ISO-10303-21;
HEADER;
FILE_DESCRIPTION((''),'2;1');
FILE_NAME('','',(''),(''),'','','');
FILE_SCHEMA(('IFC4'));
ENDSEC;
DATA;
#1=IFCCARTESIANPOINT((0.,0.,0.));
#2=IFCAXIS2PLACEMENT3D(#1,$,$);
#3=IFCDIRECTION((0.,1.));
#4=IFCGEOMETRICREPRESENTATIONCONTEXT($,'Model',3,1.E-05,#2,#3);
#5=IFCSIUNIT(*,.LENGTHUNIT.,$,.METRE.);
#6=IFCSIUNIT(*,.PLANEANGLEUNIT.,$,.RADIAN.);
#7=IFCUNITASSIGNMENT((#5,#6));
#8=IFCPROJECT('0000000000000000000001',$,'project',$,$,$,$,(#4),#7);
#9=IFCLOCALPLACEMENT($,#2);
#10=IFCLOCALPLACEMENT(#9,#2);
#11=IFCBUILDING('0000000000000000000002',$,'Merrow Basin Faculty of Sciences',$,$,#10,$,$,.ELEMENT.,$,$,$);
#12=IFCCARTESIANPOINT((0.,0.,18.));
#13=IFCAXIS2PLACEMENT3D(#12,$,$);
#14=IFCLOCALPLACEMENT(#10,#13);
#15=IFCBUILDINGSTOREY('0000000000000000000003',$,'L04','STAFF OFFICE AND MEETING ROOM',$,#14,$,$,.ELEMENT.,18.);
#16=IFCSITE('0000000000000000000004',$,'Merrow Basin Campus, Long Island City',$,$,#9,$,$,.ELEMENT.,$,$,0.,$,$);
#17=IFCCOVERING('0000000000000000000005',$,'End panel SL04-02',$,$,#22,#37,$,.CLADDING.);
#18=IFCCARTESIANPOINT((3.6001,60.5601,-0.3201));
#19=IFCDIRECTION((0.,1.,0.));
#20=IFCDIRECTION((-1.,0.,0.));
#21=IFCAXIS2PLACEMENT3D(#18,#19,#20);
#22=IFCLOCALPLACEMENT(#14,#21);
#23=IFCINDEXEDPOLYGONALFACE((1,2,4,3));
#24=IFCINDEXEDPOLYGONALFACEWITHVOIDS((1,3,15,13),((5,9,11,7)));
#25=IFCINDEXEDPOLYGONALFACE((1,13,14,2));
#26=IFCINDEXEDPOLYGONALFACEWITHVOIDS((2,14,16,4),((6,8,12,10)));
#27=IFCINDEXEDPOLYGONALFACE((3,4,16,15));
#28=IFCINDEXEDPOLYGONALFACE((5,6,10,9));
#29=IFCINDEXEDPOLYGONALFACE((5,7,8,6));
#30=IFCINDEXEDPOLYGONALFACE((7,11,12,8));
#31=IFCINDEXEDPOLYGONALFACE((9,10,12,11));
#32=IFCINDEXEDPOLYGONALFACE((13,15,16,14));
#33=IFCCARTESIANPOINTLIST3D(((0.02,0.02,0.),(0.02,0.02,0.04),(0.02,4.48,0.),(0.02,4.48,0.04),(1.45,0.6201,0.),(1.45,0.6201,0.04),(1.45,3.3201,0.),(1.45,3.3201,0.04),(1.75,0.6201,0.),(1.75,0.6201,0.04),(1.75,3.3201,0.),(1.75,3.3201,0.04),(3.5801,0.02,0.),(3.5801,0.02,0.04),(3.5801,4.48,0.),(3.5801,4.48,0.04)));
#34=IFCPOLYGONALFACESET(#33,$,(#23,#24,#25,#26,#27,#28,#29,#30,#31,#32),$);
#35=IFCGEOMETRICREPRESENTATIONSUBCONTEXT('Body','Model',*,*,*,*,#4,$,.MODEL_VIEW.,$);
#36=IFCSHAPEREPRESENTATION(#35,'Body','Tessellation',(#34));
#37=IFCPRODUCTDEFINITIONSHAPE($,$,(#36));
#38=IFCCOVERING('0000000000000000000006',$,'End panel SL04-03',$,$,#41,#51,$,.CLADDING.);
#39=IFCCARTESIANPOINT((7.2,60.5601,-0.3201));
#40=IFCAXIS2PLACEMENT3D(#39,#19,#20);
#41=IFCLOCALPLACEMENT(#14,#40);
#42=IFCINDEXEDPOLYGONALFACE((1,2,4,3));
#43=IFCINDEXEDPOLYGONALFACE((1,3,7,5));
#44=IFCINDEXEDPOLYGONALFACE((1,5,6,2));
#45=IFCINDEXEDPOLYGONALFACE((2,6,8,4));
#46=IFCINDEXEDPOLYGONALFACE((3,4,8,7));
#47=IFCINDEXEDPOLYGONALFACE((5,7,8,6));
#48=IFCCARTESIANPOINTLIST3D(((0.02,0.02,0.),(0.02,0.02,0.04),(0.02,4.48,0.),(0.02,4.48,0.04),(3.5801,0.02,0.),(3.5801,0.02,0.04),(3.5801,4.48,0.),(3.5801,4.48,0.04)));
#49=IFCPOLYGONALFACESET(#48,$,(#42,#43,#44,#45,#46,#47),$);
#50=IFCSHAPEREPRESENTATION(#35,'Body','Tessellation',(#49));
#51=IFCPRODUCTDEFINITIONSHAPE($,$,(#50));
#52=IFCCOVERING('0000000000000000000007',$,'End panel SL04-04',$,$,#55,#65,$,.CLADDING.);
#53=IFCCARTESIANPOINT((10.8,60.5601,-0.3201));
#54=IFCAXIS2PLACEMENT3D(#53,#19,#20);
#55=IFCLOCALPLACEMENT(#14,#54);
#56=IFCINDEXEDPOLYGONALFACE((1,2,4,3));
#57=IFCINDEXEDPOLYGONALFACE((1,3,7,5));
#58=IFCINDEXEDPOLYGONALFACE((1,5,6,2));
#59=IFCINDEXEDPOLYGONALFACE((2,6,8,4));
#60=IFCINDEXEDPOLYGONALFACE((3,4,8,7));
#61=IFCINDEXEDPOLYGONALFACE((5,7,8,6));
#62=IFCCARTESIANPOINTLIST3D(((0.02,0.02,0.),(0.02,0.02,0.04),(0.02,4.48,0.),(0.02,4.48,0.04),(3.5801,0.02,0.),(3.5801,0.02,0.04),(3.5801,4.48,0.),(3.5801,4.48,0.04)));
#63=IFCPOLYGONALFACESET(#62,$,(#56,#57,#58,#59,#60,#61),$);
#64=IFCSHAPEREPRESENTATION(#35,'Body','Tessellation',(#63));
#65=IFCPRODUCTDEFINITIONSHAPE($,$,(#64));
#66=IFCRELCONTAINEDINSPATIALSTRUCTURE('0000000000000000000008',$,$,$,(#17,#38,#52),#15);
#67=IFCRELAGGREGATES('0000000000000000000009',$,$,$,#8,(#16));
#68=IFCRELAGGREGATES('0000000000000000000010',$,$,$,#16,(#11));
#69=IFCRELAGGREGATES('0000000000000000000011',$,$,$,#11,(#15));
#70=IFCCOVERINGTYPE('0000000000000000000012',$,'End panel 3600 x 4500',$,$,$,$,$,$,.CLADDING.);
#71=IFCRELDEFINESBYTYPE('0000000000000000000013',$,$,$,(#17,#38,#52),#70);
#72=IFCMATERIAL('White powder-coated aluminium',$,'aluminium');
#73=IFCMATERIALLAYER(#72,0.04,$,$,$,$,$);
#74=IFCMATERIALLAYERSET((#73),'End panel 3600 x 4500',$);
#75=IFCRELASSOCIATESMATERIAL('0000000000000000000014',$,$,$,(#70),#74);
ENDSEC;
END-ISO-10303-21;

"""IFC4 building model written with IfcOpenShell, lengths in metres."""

from ifc_helpers import new_model, si_unit, direction, frame, origin, place, context, subcontext, project, spatial, polyline, outline, extrude, source, transform, mapped, material, layer, layer_set, type_object, element, save


model = new_model("IFC4")

# Units and contexts
model_context = context("Model", 3, precision=1e-05, world=origin(), true_north=direction((0.0, 1.0)))
body_context = subcontext(model_context, "Body", "Model", "MODEL_VIEW")
ifc_project = project(units=[si_unit("LENGTHUNIT", "METRE"), si_unit("PLANEANGLEUNIT", "RADIAN")], contexts=[model_context])

# Site, building, storey
site_placement = place(None, origin())
site = spatial("IfcSite", under=ifc_project, at=site_placement, Name="Merrow Basin Campus, Long Island City", CompositionType="ELEMENT", RefElevation=0.0)
building_placement = place(site_placement, origin())
building = spatial("IfcBuilding", under=site, at=building_placement, Name="Merrow Basin Faculty of Sciences", CompositionType="ELEMENT")
storey_placement = place(building_placement, frame((0.0, 0.0, 18.0)))
storey = spatial("IfcBuildingStorey", under=building, at=storey_placement, Name="L04", Description="STAFF OFFICE AND MEETING ROOM", CompositionType="ELEMENT", Elevation=18.0)

# Coverings
ifc_material_1 = material(Name="White powder-coated aluminium", Category="aluminium")
ifc_layer_1 = layer(ifc_material_1, 0.04)
ifc_layer_set_1 = layer_set([ifc_layer_1], Name="End panel 3600 x 4500")
covering_type = type_object("IfcCoveringType", Name="End panel 3600 x 4500", PredefinedType="CLADDING", material=ifc_layer_set_1)
shared_shape_1 = source(origin(), body_context, "Body", "SweptSolid", [
    extrude(outline(polyline([(0.02, 0.02), (3.5801, 0.02), (3.5801, 4.48), (0.02, 4.48), (0.02, 0.02)]), holes=[polyline([(1.45, 0.6201), (1.75, 0.6201), (1.75, 3.3201), (1.45, 3.3201), (1.45, 0.6201)])]), origin(), (0.0, 0.0, 1.0), 0.04),
])
covering_1_placement = place(storey_placement, frame((3.6001, 60.5601, -0.3201), z_axis=(0.0, 1.0, 0.0), x_axis=(-1.0, 0.0, 0.0)))
element("IfcCovering", 1, at=covering_1_placement, inside=storey, type_object=covering_type, Name="End panel SL04-02", PredefinedType="CLADDING", context=body_context, shape_type="MappedRepresentation", body=[
    mapped(shared_shape_1, transform((0.0, 0.0, 0.0), scale=1.0)),
])
shared_shape_2 = source(origin(), body_context, "Body", "SweptSolid", [
    extrude(outline(polyline([(0.02, 0.02), (3.5801, 0.02), (3.5801, 4.48), (0.02, 4.48), (0.02, 0.02)])), origin(), (0.0, 0.0, 1.0), 0.04),
])
covering_2_placement = place(storey_placement, frame((7.2, 60.5601, -0.3201), z_axis=(0.0, 1.0, 0.0), x_axis=(-1.0, 0.0, 0.0)))
element("IfcCovering", 2, at=covering_2_placement, inside=storey, type_object=covering_type, Name="End panel SL04-03", PredefinedType="CLADDING", context=body_context, shape_type="MappedRepresentation", body=[
    mapped(shared_shape_2, transform((0.0, 0.0, 0.0), scale=1.0)),
])
shared_shape_3 = source(origin(), body_context, "Body", "SweptSolid", [
    extrude(outline(polyline([(0.02, 0.02), (3.5801, 0.02), (3.5801, 4.48), (0.02, 4.48), (0.02, 0.02)])), origin(), (0.0, 0.0, 1.0), 0.04),
])
covering_3_placement = place(storey_placement, frame((10.8, 60.5601, -0.3201), z_axis=(0.0, 1.0, 0.0), x_axis=(-1.0, 0.0, 0.0)))
element("IfcCovering", 3, at=covering_3_placement, inside=storey, type_object=covering_type, Name="End panel SL04-04", PredefinedType="CLADDING", context=body_context, shape_type="MappedRepresentation", body=[
    mapped(shared_shape_3, transform((0.0, 0.0, 0.0), scale=1.0)),
])

save(model, "model.ifc")
